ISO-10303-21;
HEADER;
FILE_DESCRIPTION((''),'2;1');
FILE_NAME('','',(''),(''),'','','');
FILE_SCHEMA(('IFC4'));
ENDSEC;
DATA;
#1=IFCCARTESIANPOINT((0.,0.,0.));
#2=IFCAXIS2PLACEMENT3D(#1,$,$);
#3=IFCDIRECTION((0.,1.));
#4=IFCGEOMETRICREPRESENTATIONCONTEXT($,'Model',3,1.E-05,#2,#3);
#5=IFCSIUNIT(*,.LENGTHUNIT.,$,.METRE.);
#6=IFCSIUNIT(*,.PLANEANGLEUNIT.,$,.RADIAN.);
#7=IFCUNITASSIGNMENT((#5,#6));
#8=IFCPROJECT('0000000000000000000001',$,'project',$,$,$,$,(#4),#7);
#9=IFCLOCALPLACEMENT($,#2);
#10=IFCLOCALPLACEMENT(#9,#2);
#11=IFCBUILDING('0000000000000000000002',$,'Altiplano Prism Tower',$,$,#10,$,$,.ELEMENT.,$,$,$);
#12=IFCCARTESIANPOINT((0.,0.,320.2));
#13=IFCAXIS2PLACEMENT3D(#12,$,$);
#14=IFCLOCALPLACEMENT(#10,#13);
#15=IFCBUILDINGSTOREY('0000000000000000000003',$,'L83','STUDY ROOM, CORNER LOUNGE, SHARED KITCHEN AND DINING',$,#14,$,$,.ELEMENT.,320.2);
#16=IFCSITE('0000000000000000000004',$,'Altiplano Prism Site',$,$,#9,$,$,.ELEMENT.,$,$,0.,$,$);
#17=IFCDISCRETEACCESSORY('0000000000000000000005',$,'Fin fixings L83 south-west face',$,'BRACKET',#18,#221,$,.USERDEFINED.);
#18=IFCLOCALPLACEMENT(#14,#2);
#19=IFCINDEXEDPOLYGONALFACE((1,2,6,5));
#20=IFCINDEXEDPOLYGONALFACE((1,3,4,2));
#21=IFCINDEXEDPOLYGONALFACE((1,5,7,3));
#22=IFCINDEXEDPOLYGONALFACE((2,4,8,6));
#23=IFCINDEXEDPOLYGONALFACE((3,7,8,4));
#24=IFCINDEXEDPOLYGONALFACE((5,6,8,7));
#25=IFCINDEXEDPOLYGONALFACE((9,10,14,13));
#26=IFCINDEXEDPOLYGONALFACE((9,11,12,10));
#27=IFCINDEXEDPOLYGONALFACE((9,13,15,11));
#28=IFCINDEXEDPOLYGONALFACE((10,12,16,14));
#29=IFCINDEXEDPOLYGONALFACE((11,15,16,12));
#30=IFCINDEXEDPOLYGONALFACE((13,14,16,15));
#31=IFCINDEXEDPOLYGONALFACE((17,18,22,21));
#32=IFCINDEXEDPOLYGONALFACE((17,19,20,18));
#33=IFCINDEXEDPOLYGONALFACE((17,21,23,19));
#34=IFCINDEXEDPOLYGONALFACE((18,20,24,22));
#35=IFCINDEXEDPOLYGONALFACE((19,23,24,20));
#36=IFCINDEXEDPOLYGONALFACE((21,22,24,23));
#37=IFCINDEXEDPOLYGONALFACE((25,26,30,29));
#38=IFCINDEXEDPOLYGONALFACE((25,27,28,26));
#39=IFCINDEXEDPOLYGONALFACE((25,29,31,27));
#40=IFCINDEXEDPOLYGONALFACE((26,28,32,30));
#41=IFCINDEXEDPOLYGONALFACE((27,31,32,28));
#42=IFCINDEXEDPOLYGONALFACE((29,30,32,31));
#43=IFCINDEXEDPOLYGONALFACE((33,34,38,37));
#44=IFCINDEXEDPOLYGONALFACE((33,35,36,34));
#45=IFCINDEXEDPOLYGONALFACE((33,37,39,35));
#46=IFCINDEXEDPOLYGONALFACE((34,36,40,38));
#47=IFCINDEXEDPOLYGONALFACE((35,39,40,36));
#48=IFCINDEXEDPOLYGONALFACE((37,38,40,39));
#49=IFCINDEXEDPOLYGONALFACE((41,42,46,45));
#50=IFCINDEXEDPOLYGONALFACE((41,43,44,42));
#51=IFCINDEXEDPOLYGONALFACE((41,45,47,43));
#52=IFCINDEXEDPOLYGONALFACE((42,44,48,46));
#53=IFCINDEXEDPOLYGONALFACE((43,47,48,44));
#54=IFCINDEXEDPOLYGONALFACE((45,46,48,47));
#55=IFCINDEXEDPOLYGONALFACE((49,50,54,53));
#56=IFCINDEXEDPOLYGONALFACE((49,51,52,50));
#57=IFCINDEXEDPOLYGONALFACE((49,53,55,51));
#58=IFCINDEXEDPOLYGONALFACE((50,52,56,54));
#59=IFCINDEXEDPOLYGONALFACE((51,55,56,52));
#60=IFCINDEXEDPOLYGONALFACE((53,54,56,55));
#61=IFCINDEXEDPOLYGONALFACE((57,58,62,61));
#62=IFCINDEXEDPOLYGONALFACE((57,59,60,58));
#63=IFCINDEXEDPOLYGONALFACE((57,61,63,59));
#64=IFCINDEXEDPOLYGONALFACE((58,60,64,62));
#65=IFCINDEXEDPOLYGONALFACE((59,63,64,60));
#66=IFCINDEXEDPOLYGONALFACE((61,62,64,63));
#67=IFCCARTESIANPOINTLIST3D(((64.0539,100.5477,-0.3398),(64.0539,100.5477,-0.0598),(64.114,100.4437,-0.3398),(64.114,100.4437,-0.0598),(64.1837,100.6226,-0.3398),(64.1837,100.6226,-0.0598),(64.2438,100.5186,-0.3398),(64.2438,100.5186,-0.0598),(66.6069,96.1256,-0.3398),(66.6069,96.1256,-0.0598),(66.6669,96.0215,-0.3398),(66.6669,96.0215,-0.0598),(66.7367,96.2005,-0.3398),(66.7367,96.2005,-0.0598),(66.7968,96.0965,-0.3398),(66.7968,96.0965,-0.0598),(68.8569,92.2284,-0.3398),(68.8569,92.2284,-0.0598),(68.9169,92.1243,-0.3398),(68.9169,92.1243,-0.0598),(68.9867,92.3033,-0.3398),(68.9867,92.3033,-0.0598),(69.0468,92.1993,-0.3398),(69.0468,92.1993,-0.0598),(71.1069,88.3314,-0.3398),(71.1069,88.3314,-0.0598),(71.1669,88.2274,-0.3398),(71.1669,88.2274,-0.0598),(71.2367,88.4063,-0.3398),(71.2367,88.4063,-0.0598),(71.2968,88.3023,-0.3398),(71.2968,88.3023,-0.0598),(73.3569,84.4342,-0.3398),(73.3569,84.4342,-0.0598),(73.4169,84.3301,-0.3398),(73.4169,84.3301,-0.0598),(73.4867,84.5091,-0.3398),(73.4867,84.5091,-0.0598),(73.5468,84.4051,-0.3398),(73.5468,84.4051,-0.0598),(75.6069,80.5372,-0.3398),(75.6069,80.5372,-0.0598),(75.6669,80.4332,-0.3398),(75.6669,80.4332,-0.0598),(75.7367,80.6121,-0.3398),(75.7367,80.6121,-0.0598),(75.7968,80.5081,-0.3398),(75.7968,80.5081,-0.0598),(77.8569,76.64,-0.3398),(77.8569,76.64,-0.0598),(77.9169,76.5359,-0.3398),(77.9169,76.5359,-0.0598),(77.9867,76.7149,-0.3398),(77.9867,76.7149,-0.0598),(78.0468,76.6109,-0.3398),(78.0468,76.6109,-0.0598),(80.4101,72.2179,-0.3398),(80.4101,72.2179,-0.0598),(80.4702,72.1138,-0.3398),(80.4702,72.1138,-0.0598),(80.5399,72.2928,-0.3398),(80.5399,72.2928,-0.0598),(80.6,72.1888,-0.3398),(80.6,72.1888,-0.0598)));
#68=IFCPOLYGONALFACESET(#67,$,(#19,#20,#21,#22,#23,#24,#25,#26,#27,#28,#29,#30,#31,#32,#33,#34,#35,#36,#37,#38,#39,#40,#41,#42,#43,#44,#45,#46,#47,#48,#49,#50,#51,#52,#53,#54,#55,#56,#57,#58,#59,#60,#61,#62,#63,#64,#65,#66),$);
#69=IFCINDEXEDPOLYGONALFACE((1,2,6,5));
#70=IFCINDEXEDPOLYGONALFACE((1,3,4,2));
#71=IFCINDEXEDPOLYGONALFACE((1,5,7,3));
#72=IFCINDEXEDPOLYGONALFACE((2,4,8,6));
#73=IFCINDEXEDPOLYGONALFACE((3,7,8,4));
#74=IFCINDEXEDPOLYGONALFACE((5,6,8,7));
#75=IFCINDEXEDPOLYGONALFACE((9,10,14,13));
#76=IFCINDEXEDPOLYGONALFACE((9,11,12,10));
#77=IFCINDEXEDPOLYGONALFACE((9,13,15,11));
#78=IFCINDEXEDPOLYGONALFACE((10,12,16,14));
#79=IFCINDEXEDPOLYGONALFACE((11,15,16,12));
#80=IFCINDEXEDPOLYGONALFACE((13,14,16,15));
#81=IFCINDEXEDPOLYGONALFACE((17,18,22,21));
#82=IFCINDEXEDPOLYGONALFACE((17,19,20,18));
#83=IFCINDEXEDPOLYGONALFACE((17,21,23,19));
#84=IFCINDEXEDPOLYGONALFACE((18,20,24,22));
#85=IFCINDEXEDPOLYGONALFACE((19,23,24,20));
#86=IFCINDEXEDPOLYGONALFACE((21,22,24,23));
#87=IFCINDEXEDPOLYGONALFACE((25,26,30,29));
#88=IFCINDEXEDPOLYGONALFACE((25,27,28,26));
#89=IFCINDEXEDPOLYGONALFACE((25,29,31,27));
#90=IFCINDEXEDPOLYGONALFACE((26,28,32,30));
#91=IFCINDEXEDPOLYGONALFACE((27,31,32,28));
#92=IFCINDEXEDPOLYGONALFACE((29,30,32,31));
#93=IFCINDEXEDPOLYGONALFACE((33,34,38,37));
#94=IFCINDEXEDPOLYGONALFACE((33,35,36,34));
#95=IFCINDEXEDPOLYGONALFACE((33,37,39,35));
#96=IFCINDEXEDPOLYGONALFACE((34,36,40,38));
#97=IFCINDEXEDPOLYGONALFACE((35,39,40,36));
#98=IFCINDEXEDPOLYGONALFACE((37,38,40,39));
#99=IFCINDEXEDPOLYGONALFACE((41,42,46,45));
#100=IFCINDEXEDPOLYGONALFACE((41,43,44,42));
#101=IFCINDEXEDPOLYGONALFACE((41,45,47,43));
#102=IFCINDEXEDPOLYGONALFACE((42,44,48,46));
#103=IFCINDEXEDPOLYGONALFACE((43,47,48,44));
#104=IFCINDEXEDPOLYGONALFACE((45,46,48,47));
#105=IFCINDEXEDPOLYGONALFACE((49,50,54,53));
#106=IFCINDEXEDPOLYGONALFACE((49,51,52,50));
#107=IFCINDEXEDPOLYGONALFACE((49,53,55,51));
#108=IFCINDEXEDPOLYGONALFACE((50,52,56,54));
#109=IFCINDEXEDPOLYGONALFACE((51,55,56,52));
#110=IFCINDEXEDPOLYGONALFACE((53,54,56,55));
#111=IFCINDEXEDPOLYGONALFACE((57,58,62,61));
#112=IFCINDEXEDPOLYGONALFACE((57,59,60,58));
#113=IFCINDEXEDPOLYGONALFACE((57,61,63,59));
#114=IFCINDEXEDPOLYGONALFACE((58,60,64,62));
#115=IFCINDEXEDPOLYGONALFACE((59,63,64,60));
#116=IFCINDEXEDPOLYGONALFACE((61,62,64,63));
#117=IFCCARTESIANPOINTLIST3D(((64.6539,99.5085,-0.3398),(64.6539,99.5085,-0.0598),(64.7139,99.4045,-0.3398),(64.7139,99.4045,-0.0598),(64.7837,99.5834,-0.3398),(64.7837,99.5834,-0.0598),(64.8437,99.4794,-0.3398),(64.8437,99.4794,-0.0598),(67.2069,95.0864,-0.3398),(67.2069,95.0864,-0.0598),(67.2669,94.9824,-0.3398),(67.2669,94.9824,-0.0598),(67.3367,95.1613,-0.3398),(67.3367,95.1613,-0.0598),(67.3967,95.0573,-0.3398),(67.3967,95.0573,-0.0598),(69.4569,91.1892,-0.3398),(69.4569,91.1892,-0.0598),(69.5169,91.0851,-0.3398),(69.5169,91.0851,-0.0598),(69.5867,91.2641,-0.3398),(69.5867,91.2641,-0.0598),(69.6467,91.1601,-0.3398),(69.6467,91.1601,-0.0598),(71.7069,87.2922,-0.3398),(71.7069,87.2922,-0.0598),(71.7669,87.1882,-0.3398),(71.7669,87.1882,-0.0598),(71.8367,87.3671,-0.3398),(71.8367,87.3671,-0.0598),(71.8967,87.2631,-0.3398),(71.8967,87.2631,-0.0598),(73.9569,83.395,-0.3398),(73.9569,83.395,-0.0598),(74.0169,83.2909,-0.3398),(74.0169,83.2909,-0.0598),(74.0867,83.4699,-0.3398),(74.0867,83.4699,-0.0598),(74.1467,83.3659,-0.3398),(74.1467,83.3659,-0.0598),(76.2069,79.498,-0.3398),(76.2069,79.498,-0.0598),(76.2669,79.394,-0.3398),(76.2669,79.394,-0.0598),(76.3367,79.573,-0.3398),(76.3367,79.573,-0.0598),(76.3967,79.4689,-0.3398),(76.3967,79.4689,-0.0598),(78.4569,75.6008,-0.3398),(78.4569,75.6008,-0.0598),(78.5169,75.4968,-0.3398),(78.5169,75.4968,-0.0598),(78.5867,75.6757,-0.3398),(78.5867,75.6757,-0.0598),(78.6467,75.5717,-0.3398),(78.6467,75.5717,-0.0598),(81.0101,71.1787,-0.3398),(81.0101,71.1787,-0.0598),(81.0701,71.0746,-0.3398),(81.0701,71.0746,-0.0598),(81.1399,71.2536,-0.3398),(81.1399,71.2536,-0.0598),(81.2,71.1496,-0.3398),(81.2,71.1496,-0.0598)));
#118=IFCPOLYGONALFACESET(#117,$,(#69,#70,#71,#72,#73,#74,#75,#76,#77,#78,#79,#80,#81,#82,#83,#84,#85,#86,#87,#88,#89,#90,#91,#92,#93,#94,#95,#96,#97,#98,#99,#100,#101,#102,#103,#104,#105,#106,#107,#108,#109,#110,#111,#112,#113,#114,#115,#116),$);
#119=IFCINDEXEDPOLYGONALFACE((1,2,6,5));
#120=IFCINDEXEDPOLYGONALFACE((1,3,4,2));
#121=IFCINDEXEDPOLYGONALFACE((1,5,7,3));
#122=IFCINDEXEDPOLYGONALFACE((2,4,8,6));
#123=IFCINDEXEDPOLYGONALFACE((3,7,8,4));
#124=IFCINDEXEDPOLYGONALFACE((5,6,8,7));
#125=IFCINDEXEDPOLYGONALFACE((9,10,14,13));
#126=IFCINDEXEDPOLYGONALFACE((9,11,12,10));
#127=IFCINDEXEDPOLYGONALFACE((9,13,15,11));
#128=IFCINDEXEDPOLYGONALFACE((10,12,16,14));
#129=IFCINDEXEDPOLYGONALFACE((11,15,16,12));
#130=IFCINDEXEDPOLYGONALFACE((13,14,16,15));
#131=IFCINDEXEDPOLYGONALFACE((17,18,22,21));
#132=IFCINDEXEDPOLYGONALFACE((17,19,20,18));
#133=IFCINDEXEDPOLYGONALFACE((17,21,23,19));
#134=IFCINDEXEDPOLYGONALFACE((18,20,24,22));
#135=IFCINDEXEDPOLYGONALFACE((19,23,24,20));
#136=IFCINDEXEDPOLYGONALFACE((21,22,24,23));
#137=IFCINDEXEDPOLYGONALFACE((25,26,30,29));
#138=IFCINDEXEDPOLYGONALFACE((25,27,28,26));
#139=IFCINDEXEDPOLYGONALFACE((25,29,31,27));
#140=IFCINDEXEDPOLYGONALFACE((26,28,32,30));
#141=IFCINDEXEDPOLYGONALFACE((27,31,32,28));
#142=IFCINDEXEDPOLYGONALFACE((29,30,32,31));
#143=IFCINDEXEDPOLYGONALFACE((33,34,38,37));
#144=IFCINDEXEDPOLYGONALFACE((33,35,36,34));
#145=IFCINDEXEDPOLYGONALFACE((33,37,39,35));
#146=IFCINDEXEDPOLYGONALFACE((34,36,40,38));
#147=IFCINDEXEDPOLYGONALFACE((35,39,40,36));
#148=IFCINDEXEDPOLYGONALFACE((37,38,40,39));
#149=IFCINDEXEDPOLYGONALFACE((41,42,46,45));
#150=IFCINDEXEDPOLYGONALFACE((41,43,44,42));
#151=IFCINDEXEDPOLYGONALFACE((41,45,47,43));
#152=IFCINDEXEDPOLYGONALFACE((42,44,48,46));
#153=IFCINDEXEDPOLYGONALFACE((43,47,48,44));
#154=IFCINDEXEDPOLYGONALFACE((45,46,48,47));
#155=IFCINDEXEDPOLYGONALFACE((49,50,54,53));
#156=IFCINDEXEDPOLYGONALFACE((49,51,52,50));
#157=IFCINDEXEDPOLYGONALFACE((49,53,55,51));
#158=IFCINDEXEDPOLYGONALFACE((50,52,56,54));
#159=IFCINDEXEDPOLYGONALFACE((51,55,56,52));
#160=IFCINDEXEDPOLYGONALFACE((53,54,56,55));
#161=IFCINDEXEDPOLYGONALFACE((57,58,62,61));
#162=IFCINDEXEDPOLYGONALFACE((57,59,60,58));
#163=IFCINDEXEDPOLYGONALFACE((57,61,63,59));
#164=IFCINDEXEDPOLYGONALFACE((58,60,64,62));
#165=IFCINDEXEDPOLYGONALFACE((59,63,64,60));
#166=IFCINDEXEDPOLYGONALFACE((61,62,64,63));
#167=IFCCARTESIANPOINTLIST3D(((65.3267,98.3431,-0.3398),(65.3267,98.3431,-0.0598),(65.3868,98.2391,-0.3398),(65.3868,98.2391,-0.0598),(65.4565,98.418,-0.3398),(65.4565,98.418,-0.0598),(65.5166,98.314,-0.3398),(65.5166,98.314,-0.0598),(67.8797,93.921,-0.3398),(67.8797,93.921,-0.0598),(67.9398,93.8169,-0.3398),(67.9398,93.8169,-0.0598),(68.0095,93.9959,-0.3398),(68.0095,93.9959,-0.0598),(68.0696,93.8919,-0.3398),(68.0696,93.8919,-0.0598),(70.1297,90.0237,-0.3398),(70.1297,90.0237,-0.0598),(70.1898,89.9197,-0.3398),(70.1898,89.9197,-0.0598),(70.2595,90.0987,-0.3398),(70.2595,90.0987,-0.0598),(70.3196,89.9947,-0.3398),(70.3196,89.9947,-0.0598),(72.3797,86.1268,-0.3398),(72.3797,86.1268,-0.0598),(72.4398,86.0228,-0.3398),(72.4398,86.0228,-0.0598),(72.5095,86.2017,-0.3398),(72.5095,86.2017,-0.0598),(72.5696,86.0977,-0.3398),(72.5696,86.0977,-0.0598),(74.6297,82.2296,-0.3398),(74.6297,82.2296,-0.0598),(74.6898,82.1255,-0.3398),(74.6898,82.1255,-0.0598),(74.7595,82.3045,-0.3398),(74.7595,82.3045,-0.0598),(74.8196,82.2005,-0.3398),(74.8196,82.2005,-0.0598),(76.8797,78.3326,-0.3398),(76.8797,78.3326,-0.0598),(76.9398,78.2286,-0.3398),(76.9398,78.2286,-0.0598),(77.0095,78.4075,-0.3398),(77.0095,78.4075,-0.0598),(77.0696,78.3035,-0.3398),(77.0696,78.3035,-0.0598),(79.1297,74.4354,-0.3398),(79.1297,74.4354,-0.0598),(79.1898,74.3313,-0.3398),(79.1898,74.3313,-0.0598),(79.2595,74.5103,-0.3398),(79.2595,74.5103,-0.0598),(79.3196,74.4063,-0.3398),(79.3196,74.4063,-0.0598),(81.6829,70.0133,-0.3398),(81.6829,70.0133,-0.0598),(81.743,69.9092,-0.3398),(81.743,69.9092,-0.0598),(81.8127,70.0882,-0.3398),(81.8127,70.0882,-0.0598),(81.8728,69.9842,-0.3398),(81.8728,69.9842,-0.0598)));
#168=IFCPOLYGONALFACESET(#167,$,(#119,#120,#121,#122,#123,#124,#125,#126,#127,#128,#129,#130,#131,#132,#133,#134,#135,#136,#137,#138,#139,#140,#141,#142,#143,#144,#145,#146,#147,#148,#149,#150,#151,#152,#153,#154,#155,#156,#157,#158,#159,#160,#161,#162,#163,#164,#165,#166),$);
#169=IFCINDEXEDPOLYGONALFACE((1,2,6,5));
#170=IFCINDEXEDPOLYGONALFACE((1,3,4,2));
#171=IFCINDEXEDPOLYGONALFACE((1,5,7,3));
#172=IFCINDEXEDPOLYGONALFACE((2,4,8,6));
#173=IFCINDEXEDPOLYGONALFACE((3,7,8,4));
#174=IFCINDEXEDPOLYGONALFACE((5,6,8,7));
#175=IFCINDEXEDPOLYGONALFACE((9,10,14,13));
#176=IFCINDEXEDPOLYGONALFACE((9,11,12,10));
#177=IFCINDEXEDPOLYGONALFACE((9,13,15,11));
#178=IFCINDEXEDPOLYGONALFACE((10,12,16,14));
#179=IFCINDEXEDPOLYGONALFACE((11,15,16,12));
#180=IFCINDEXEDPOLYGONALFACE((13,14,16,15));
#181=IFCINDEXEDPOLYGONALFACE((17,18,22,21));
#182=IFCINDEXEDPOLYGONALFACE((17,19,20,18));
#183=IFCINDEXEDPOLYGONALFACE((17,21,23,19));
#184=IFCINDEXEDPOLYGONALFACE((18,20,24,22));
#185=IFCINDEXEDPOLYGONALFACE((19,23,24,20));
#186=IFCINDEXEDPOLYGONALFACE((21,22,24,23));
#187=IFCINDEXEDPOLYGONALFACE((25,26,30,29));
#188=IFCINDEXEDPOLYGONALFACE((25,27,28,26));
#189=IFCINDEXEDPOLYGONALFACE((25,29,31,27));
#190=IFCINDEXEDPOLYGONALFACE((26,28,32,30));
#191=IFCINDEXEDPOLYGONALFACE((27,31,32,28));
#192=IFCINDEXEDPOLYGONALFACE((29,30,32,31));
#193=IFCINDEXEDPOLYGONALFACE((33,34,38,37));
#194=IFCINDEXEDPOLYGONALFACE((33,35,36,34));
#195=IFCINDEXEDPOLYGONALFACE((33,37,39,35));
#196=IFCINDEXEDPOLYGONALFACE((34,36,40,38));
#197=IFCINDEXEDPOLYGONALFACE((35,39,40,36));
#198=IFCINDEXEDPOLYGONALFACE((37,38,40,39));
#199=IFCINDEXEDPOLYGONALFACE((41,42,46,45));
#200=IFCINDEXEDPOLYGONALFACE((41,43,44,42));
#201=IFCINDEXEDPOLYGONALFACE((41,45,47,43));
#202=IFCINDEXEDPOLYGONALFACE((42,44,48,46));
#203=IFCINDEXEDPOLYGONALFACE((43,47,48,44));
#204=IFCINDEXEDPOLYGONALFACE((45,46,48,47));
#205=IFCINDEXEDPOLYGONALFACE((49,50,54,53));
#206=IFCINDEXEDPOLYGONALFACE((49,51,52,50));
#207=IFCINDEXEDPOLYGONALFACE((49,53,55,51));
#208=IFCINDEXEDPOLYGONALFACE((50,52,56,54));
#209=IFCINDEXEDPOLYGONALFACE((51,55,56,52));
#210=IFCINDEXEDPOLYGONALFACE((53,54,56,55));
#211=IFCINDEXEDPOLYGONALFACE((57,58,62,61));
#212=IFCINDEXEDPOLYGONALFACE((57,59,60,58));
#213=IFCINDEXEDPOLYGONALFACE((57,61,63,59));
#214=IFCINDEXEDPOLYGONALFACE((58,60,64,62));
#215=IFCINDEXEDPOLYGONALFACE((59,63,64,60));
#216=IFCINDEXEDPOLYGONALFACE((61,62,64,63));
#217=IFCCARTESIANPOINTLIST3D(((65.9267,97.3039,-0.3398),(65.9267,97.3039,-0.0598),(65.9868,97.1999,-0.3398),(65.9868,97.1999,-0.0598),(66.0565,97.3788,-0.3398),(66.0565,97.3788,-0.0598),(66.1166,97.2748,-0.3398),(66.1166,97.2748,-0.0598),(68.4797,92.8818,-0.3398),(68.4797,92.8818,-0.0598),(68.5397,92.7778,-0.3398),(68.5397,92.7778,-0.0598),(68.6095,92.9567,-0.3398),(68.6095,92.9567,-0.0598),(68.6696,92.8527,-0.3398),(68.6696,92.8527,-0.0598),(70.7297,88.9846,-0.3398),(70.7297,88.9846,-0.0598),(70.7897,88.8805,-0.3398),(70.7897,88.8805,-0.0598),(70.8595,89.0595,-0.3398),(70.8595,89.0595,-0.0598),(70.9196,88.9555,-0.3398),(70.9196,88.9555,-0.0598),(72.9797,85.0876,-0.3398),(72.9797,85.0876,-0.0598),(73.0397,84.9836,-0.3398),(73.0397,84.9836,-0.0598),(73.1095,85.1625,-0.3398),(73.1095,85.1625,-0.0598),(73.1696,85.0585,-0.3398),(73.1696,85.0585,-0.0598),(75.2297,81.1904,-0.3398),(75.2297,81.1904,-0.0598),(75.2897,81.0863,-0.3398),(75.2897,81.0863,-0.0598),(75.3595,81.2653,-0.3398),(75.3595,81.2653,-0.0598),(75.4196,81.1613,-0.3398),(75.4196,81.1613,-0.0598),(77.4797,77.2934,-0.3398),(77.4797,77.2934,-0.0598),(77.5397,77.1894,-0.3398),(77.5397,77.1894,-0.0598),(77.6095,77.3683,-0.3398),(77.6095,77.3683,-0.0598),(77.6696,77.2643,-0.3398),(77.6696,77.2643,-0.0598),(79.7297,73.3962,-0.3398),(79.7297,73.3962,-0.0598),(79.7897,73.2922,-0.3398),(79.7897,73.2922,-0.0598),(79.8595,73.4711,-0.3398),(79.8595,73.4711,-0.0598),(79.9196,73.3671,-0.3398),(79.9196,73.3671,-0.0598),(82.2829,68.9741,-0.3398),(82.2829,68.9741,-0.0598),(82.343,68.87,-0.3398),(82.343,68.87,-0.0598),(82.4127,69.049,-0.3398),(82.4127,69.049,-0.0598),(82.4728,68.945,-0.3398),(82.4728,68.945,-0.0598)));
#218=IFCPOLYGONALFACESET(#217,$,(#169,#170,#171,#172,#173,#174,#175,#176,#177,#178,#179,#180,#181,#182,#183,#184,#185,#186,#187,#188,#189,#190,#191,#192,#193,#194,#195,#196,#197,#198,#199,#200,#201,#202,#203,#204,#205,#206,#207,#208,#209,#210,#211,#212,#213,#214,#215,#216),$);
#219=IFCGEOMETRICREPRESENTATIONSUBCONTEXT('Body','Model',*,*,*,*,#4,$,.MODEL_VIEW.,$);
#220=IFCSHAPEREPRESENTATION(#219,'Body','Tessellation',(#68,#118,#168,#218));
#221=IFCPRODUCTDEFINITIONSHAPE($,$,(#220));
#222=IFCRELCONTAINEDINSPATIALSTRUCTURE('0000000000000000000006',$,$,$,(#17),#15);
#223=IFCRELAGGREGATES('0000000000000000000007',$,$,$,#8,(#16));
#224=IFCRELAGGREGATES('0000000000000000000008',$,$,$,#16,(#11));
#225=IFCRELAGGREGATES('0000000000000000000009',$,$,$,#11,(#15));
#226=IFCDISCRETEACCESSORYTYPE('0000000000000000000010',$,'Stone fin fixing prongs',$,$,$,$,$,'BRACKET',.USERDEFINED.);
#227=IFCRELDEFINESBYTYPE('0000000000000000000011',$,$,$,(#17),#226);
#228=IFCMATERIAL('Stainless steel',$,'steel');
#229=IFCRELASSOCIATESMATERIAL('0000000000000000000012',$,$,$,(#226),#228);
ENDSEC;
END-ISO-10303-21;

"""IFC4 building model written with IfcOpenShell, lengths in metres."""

from ifc_helpers import new_model, si_unit, direction, frame, origin, place, context, subcontext, project, spatial, polyline, outline, extrude, source, transform, mapped, material, type_object, element, save


model = new_model("IFC4")

# Units and contexts
model_context = context("Model", 3, precision=1e-05, world=origin(), true_north=direction((0.0, 1.0)))
body_context = subcontext(model_context, "Body", "Model", "MODEL_VIEW")
ifc_project = project(units=[si_unit("LENGTHUNIT", "METRE"), si_unit("PLANEANGLEUNIT", "RADIAN")], contexts=[model_context])

# Site, building, storey
site_placement = place(None, origin())
site = spatial("IfcSite", under=ifc_project, at=site_placement, Name="Altiplano Prism Site", CompositionType="ELEMENT", RefElevation=0.0)
building_placement = place(site_placement, origin())
building = spatial("IfcBuilding", under=site, at=building_placement, Name="Altiplano Prism Tower", CompositionType="ELEMENT")
storey_placement = place(building_placement, frame((0.0, 0.0, 320.2)))
storey = spatial("IfcBuildingStorey", under=building, at=storey_placement, Name="L83", Description="STUDY ROOM, CORNER LOUNGE, SHARED KITCHEN AND DINING", CompositionType="ELEMENT", Elevation=320.2)

# Discrete accessory
ifc_material_1 = material(Name="Stainless steel", Category="steel")
discrete_accessory_type = type_object("IfcDiscreteAccessoryType", Name="Stone fin fixing prongs", ElementType="BRACKET", PredefinedType="USERDEFINED", material=ifc_material_1)
shared_shape_1 = source(origin(), body_context, "Body", "SweptSolid", [
    extrude(outline(polyline([(-1.9329, 0.0601), (-1.8127, 0.0601), (-1.8127, 0.3401), (-1.9329, 0.3401), (-1.9329, 0.0601)])), frame((0.0, 0.0, 0.0), z_axis=(0.0, -1.0, 0.0), x_axis=(1.0, 0.0, 0.0)), (0.0, 0.0, 1.0), 0.1499),
    extrude(outline(polyline([(-0.7329, 0.0601), (-0.6128, 0.0601), (-0.6128, 0.3401), (-0.7329, 0.3401), (-0.7329, 0.0601)])), frame((0.0, 0.0, 0.0), z_axis=(0.0, -1.0, 0.0), x_axis=(1.0, 0.0, 0.0)), (0.0, 0.0, 1.0), 0.1499),
    extrude(outline(polyline([(0.6128, 0.0601), (0.7329, 0.0601), (0.7329, 0.3401), (0.6128, 0.3401), (0.6128, 0.0601)])), frame((0.0, 0.0, 0.0), z_axis=(0.0, -1.0, 0.0), x_axis=(1.0, 0.0, 0.0)), (0.0, 0.0, 1.0), 0.1499),
    extrude(outline(polyline([(1.8127, 0.0601), (1.9329, 0.0601), (1.9329, 0.3401), (1.8127, 0.3401), (1.8127, 0.0601)])), frame((0.0, 0.0, 0.0), z_axis=(0.0, -1.0, 0.0), x_axis=(1.0, 0.0, 0.0)), (0.0, 0.0, 1.0), 0.1499),
])
shared_shape_2 = source(origin(), body_context, "Body", "SweptSolid", [
    extrude(outline(polyline([(-1.9329, 0.0601), (-1.8127, 0.0601), (-1.8127, 0.3401), (-1.9329, 0.3401), (-1.9329, 0.0601)])), frame((0.0, 0.0, 0.0), z_axis=(0.0, -1.0, 0.0), x_axis=(1.0, 0.0, 0.0)), (0.0, 0.0, 1.0), 0.1499),
    extrude(outline(polyline([(-0.7329, 0.0601), (-0.6128, 0.0601), (-0.6128, 0.3401), (-0.7329, 0.3401), (-0.7329, 0.0601)])), frame((0.0, 0.0, 0.0), z_axis=(0.0, -1.0, 0.0), x_axis=(1.0, 0.0, 0.0)), (0.0, 0.0, 1.0), 0.1499),
    extrude(outline(polyline([(0.6128, 0.0601), (0.7329, 0.0601), (0.7329, 0.3401), (0.6128, 0.3401), (0.6128, 0.0601)])), frame((0.0, 0.0, 0.0), z_axis=(0.0, -1.0, 0.0), x_axis=(1.0, 0.0, 0.0)), (0.0, 0.0, 1.0), 0.1499),
    extrude(outline(polyline([(1.8127, 0.0601), (1.9329, 0.0601), (1.9329, 0.3401), (1.8127, 0.3401), (1.8127, 0.0601)])), frame((0.0, 0.0, 0.0), z_axis=(0.0, -1.0, 0.0), x_axis=(1.0, 0.0, 0.0)), (0.0, 0.0, 1.0), 0.1499),
])
discrete_accessory_1_placement = place(storey_placement, origin())
element("IfcDiscreteAccessory", 1, at=discrete_accessory_1_placement, inside=storey, type_object=discrete_accessory_type, Name="Fin fixings L83 south-west face", ObjectType="BRACKET", PredefinedType="USERDEFINED", context=body_context, shape_type="MappedRepresentation", body=[
    mapped(shared_shape_1, transform((65.1501, 98.9487, -0.3999), x_axis=(0.5, -0.866025, 0.0), y_axis=(0.866025, 0.5, 0.0), z_axis=(0.0, 0.0, 1.0))),
    mapped(shared_shape_2, transform((67.7031, 94.5266, -0.3999), x_axis=(0.5, -0.866025, 0.0), y_axis=(0.866025, 0.5, 0.0), z_axis=(0.0, 0.0, 1.0))),
    mapped(shared_shape_2, transform((69.9531, 90.6294, -0.3999), x_axis=(0.5, -0.866025, 0.0), y_axis=(0.866025, 0.5, 0.0), z_axis=(0.0, 0.0, 1.0))),
    mapped(shared_shape_2, transform((72.2031, 86.7324, -0.3999), x_axis=(0.5, -0.866025, 0.0), y_axis=(0.866025, 0.5, 0.0), z_axis=(0.0, 0.0, 1.0))),
    mapped(shared_shape_2, transform((74.4531, 82.8352, -0.3999), x_axis=(0.5, -0.866025, 0.0), y_axis=(0.866025, 0.5, 0.0), z_axis=(0.0, 0.0, 1.0))),
    mapped(shared_shape_2, transform((76.7031, 78.9382, -0.3999), x_axis=(0.5, -0.866025, 0.0), y_axis=(0.866025, 0.5, 0.0), z_axis=(0.0, 0.0, 1.0))),
    mapped(shared_shape_2, transform((78.9531, 75.041, -0.3999), x_axis=(0.5, -0.866025, 0.0), y_axis=(0.866025, 0.5, 0.0), z_axis=(0.0, 0.0, 1.0))),
    mapped(shared_shape_1, transform((81.5063, 70.6189, -0.3999), x_axis=(0.5, -0.866025, 0.0), y_axis=(0.866025, 0.5, 0.0), z_axis=(0.0, 0.0, 1.0))),
])

save(model, "model.ifc")
